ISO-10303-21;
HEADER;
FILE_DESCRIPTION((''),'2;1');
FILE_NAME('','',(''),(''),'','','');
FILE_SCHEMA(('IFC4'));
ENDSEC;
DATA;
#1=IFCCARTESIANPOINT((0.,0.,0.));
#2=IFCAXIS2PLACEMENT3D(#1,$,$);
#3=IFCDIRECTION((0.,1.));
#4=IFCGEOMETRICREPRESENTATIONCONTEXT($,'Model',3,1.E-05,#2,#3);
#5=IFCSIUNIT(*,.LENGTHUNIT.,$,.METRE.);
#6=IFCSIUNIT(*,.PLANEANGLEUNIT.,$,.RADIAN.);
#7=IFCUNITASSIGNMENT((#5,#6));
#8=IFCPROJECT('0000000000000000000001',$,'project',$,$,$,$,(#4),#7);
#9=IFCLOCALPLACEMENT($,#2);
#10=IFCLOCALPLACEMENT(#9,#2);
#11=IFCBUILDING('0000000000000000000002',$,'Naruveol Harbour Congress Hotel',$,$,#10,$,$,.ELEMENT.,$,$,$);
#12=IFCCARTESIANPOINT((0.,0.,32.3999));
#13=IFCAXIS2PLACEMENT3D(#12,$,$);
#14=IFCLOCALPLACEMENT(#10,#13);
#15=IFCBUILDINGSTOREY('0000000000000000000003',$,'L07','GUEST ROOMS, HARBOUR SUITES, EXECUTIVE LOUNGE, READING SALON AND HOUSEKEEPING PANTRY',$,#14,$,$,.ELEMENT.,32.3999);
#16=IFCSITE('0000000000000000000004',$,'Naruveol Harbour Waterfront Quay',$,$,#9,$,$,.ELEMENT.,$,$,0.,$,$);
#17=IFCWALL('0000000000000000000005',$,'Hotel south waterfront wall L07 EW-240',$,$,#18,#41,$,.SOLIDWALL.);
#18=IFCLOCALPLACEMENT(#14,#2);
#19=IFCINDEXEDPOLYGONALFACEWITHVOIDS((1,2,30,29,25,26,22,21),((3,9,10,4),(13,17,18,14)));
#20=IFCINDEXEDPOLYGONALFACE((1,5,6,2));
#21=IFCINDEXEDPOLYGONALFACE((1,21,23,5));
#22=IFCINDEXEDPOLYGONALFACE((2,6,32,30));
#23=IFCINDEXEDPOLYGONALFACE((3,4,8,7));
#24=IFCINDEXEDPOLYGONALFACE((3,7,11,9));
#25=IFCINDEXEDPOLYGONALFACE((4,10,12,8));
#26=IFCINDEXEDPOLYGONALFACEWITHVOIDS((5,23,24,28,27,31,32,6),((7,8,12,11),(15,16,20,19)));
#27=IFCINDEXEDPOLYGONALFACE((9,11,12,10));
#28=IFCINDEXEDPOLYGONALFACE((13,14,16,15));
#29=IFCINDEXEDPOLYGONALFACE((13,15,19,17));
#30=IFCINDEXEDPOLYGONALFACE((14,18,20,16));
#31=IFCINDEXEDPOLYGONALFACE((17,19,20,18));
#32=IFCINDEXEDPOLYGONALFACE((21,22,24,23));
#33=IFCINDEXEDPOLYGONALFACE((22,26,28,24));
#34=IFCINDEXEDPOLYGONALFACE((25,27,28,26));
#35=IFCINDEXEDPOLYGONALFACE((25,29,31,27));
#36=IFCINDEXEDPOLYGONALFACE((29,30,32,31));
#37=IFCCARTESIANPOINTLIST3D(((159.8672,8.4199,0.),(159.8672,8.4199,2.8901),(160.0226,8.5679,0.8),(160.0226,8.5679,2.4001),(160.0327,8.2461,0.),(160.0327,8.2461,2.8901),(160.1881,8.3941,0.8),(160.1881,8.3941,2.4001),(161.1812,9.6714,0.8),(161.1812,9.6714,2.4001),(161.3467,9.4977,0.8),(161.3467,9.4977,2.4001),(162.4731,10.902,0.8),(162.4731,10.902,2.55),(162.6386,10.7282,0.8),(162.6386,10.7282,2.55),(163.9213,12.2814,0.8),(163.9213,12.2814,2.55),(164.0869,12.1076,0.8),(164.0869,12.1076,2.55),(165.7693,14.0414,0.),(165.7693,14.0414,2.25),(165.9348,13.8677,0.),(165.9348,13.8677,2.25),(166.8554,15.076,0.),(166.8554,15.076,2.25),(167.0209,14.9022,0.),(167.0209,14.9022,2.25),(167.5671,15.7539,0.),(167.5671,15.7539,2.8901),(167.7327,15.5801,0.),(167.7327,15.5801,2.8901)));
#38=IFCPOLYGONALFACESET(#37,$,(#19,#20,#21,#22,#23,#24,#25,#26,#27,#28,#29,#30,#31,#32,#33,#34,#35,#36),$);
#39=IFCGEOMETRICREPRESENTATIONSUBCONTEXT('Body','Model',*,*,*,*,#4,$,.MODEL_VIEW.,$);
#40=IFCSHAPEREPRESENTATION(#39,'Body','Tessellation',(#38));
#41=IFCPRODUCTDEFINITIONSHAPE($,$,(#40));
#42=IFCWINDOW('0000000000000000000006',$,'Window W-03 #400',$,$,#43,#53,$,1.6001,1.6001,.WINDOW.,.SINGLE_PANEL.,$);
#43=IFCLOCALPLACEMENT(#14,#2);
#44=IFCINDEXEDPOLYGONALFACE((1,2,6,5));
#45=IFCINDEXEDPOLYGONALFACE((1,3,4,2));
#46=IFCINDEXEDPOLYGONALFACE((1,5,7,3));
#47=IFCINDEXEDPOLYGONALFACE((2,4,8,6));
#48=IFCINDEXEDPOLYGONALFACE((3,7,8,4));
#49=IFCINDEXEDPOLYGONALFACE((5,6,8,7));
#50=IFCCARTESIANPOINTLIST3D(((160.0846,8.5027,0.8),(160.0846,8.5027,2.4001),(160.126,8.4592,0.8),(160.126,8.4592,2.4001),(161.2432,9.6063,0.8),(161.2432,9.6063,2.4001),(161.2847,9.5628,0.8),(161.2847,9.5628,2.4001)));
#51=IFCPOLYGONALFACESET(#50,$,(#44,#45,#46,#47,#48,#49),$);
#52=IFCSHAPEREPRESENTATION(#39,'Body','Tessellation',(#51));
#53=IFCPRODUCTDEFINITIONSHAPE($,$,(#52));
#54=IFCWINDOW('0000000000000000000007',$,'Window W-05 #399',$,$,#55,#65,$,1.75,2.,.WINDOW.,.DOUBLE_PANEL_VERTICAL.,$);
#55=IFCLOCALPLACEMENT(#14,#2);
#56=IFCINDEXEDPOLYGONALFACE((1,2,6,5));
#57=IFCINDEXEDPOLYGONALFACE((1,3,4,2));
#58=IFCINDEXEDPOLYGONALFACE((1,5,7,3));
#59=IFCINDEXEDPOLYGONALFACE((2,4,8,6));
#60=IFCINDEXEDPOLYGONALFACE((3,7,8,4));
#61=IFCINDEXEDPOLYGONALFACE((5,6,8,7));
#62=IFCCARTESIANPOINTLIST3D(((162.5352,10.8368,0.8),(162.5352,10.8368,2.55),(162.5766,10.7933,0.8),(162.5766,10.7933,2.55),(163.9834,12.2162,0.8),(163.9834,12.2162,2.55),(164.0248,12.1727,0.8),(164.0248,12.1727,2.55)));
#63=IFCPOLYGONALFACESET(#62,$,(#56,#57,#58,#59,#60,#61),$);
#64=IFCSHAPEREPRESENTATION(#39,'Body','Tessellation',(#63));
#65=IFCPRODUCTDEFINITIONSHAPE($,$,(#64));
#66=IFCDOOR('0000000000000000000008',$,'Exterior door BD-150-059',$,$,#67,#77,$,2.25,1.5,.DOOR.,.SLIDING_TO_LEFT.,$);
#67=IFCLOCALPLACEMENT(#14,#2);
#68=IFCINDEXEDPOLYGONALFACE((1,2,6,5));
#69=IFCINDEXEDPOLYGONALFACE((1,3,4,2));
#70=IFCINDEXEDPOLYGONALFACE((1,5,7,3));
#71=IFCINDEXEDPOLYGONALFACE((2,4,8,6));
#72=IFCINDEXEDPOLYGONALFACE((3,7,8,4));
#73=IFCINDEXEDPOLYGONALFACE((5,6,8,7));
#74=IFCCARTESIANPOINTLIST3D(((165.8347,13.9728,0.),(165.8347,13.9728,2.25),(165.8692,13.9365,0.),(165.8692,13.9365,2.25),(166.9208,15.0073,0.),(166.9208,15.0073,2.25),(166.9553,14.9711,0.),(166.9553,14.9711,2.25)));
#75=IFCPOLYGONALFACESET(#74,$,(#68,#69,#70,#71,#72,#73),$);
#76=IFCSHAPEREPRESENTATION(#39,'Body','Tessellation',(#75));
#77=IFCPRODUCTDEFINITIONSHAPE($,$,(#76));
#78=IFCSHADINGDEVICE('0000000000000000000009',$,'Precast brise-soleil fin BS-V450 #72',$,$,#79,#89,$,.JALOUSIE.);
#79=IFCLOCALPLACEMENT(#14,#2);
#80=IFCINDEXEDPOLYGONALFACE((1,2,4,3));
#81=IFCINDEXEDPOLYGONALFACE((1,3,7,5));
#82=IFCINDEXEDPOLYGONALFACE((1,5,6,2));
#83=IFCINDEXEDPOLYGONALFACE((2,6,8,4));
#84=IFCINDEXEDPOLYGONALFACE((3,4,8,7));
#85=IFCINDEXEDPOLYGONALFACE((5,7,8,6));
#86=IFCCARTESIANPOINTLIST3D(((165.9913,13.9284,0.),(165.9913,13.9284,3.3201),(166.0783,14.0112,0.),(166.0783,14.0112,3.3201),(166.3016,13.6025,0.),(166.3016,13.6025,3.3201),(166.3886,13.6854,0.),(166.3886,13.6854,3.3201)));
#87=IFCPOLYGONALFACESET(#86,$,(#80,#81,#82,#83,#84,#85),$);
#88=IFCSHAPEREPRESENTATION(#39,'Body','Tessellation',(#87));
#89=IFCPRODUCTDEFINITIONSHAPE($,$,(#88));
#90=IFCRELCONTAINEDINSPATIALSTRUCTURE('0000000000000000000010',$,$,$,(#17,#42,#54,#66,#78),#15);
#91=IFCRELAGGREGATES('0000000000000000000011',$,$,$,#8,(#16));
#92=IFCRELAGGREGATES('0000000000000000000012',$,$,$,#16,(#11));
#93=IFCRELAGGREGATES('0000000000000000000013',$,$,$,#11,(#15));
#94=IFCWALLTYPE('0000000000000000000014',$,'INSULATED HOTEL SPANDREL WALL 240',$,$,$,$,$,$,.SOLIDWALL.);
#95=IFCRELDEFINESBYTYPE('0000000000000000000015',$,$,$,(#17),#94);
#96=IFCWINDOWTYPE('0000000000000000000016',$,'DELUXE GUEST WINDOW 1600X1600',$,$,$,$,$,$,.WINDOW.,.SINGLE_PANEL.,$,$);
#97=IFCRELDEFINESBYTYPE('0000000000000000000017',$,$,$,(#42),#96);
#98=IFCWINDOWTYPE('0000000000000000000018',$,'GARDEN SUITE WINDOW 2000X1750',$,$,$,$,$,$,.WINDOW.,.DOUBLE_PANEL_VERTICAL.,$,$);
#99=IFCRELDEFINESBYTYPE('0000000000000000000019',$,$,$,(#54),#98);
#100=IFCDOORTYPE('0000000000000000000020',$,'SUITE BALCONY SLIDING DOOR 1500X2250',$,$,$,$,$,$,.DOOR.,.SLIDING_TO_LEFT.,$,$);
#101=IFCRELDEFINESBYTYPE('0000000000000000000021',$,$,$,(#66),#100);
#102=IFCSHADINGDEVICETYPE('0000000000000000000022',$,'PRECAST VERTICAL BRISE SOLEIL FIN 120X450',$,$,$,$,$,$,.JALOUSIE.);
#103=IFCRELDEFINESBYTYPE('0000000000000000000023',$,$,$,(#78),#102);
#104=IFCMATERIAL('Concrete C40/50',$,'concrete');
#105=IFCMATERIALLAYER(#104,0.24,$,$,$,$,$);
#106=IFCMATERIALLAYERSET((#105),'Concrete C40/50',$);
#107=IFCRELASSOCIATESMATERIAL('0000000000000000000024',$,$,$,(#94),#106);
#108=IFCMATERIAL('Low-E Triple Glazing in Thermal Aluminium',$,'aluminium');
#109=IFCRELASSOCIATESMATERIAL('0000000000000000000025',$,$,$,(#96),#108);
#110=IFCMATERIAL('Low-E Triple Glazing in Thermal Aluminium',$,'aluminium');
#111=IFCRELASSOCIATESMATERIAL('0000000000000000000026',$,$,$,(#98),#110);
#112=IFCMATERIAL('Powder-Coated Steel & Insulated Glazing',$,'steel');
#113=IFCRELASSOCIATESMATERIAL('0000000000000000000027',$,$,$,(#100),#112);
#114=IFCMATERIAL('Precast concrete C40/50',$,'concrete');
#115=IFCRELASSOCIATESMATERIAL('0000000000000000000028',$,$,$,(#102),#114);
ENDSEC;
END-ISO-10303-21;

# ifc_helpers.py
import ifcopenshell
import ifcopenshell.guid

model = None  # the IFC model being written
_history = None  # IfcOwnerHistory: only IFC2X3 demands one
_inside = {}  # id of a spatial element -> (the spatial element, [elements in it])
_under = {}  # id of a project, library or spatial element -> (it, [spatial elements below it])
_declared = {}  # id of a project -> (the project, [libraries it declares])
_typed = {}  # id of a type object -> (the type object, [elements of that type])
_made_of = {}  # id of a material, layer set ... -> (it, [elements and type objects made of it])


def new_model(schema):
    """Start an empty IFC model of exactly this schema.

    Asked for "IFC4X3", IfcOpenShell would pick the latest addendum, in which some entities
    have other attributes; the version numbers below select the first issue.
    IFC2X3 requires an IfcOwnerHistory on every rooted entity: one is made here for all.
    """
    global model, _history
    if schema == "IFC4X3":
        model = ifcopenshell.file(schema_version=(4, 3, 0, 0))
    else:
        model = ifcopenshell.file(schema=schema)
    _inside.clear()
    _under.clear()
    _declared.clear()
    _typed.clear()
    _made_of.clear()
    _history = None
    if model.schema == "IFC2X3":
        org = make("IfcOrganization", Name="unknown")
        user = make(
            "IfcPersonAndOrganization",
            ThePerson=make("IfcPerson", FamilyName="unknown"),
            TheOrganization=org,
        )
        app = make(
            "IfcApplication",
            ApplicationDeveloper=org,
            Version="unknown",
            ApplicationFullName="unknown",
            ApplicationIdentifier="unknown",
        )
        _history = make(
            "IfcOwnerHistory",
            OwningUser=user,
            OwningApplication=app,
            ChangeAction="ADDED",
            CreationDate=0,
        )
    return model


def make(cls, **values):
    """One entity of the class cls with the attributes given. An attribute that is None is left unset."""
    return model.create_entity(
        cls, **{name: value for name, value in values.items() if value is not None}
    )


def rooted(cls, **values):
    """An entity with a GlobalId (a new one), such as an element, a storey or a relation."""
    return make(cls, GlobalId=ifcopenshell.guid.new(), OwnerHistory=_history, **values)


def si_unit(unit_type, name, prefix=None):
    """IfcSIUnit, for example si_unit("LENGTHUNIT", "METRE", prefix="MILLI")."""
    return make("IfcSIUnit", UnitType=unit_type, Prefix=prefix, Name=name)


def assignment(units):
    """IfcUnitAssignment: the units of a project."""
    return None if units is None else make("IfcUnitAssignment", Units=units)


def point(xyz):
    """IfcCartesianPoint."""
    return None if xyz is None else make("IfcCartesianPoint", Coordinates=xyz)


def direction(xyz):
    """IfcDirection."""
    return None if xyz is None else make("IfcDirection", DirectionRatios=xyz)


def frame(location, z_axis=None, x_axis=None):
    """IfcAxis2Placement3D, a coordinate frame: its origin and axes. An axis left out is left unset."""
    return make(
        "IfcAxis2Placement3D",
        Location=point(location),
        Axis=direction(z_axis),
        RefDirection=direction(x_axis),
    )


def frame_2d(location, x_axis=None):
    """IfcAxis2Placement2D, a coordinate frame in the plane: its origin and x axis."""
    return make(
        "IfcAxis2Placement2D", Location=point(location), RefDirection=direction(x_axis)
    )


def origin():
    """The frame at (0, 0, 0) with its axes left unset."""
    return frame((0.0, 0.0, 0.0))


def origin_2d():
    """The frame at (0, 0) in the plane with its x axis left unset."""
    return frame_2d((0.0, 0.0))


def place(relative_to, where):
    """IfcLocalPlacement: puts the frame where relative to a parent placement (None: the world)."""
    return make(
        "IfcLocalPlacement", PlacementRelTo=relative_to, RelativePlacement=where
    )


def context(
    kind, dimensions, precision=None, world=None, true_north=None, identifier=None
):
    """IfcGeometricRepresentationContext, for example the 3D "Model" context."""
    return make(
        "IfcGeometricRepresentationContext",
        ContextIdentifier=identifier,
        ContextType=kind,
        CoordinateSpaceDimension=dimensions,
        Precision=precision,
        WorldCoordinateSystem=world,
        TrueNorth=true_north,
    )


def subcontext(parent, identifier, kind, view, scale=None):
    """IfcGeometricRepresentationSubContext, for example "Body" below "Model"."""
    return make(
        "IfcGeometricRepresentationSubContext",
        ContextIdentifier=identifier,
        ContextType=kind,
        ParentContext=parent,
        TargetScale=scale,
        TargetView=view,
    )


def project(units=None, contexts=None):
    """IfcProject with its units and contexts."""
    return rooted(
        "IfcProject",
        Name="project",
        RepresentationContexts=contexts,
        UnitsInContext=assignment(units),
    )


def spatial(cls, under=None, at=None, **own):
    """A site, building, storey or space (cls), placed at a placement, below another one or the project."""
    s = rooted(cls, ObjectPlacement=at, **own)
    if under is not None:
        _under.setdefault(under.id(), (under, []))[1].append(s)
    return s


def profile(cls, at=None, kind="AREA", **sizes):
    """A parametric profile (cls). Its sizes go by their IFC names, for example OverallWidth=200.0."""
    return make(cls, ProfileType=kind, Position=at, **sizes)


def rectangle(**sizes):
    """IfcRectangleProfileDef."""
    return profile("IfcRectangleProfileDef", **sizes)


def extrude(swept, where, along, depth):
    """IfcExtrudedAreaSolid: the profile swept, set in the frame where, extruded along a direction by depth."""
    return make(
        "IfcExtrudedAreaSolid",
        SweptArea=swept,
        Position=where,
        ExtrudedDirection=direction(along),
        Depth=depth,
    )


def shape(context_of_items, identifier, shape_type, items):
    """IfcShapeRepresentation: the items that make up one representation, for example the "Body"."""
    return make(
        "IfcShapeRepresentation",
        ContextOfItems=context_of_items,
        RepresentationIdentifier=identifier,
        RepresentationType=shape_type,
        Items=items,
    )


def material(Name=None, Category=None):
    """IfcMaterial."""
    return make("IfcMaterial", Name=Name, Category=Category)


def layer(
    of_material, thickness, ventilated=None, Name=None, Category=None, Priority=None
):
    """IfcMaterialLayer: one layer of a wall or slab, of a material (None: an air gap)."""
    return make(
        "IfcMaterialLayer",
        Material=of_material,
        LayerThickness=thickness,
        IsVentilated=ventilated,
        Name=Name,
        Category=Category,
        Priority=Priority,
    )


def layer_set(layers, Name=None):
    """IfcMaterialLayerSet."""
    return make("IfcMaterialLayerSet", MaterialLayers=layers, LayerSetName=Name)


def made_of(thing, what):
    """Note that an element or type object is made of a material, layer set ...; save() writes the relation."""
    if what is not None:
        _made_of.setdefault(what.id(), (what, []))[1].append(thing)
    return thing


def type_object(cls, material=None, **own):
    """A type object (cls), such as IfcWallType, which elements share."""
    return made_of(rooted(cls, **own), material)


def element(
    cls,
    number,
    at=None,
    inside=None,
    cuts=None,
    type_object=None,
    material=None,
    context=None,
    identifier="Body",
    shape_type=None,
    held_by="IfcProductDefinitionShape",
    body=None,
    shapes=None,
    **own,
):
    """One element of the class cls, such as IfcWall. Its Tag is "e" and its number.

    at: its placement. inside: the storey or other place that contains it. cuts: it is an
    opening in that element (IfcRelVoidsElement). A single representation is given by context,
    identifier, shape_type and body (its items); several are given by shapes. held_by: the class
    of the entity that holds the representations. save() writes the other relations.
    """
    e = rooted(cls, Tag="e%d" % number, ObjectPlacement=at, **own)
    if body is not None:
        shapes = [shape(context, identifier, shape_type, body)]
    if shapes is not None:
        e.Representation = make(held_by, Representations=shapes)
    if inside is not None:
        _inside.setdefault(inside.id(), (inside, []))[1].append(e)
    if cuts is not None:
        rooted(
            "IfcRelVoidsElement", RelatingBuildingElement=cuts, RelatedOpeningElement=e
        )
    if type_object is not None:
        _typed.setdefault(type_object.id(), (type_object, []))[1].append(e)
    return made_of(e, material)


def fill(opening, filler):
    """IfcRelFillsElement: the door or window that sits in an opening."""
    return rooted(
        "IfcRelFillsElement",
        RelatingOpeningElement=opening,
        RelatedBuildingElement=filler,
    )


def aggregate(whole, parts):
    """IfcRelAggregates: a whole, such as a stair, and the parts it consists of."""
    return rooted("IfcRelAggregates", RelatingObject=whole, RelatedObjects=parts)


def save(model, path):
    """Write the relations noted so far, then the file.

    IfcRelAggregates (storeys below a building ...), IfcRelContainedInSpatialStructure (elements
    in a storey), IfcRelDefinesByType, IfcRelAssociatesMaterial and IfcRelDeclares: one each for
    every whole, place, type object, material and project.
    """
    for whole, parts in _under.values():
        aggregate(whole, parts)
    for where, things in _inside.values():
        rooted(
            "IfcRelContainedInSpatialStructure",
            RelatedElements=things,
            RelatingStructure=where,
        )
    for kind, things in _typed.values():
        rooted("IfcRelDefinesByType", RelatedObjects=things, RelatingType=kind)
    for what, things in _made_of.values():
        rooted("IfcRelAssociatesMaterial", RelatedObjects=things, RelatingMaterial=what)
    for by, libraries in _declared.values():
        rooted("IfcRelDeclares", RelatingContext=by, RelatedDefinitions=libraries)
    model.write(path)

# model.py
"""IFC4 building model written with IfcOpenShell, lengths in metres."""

from ifc_helpers import new_model, si_unit, direction, frame, frame_2d, origin, origin_2d, place, context, subcontext, project, spatial, rectangle, extrude, material, layer, layer_set, type_object, element, fill, save


model = new_model("IFC4")

# Units and contexts
model_context = context("Model", 3, precision=1e-05, world=origin(), true_north=direction((0.0, 1.0)))
body_context = subcontext(model_context, "Body", "Model", "MODEL_VIEW")
ifc_project = project(units=[si_unit("LENGTHUNIT", "METRE"), si_unit("PLANEANGLEUNIT", "RADIAN")], contexts=[model_context])

# Site, building, storey
site_placement = place(None, origin())
site = spatial("IfcSite", under=ifc_project, at=site_placement, Name="Naruveol Harbour Waterfront Quay", CompositionType="ELEMENT", RefElevation=0.0)
building_placement = place(site_placement, origin())
building = spatial("IfcBuilding", under=site, at=building_placement, Name="Naruveol Harbour Congress Hotel", CompositionType="ELEMENT")
storey_placement = place(building_placement, frame((0.0, 0.0, 32.3999)))
storey = spatial("IfcBuildingStorey", under=building, at=storey_placement, Name="L07", Description="GUEST ROOMS, HARBOUR SUITES, EXECUTIVE LOUNGE, READING SALON AND HOUSEKEEPING PANTRY", CompositionType="ELEMENT", Elevation=32.3999)

# Wall, openings, windows, door
ifc_material_1 = material(Name="Concrete C40/50", Category="concrete")
ifc_layer_1 = layer(ifc_material_1, 0.24)
ifc_layer_set_1 = layer_set([ifc_layer_1], Name="Concrete C40/50")
wall_type_1 = type_object("IfcWallType", Name="INSULATED HOTEL SPANDREL WALL 240", PredefinedType="SOLIDWALL", material=ifc_layer_set_1)
wall_1_placement = place(storey_placement, frame((167.6499, 15.667, 0.0), z_axis=(0.0, 0.0, 1.0), x_axis=(-0.724105, -0.68969, 0.0)))
wall_1 = element("IfcWall", 1, at=wall_1_placement, inside=storey, type_object=wall_type_1, Name="Hotel south waterfront wall L07 EW-240", PredefinedType="SOLIDWALL", context=body_context, shape_type="SweptSolid", body=[
    extrude(rectangle(XDim=10.6338, YDim=0.24, at=frame_2d((5.3169, 0.0))), origin(), (0.0, 0.0, 1.0), 2.8901),
])
opening_1_placement = place(wall_1_placement, frame((0.9829, 0.0, 0.0)))
opening_1 = element("IfcOpeningElement", 2, at=opening_1_placement, cuts=wall_1, PredefinedType="OPENING", context=body_context, shape_type="SweptSolid", body=[
    extrude(rectangle(XDim=1.5, YDim=2.25, at=frame_2d((0.75, 1.125))), frame((0.0, 0.1299, 0.0), z_axis=(0.0, -1.0, 0.0), x_axis=(1.0, 0.0, 0.0)), (0.0, 0.0, 1.0), 0.26),
])
opening_2_placement = place(wall_1_placement, frame((5.0349, 0.0, 0.8)))
opening_2 = element("IfcOpeningElement", 3, at=opening_2_placement, cuts=wall_1, PredefinedType="OPENING", context=body_context, shape_type="SweptSolid", body=[
    extrude(rectangle(XDim=2.0, YDim=1.75, at=frame_2d((1.0, 0.875))), frame((0.0, 0.1299, 0.0), z_axis=(0.0, -1.0, 0.0), x_axis=(1.0, 0.0, 0.0)), (0.0, 0.0, 1.0), 0.26),
])
opening_3_placement = place(wall_1_placement, frame((8.8191, 0.0, 0.8)))
opening_3 = element("IfcOpeningElement", 4, at=opening_3_placement, cuts=wall_1, PredefinedType="OPENING", context=body_context, shape_type="SweptSolid", body=[
    extrude(rectangle(XDim=1.6001, YDim=1.6001, at=frame_2d((0.8, 0.8))), frame((0.0, 0.1299, 0.0), z_axis=(0.0, -1.0, 0.0), x_axis=(1.0, 0.0, 0.0)), (0.0, 0.0, 1.0), 0.26),
])
ifc_material_2 = material(Name="Low-E Triple Glazing in Thermal Aluminium", Category="aluminium")
window_type_1 = type_object("IfcWindowType", Name="DELUXE GUEST WINDOW 1600X1600", PartitioningType="SINGLE_PANEL", PredefinedType="WINDOW", material=ifc_material_2)
window_1_placement = place(opening_3_placement, origin())
window_1 = element("IfcWindow", 5, at=window_1_placement, inside=storey, type_object=window_type_1, Name="Window W-03 #400", OverallHeight=1.6001, OverallWidth=1.6001, PartitioningType="SINGLE_PANEL", PredefinedType="WINDOW", context=body_context, shape_type="SweptSolid", body=[
    extrude(rectangle(XDim=1.6001, YDim=1.6001, at=frame_2d((0.8, 0.8))), frame((0.0, 0.03, 0.0), z_axis=(0.0, -1.0, 0.0), x_axis=(1.0, 0.0, 0.0)), (0.0, 0.0, 1.0), 0.0601),
])
fill(opening_3, window_1)
ifc_material_3 = material(Name="Low-E Triple Glazing in Thermal Aluminium", Category="aluminium")
window_type_2 = type_object("IfcWindowType", Name="GARDEN SUITE WINDOW 2000X1750", PartitioningType="DOUBLE_PANEL_VERTICAL", PredefinedType="WINDOW", material=ifc_material_3)
window_2_placement = place(opening_2_placement, origin())
window_2 = element("IfcWindow", 6, at=window_2_placement, inside=storey, type_object=window_type_2, Name="Window W-05 #399", OverallHeight=1.75, OverallWidth=2.0, PartitioningType="DOUBLE_PANEL_VERTICAL", PredefinedType="WINDOW", context=body_context, shape_type="SweptSolid", body=[
    extrude(rectangle(XDim=2.0, YDim=1.75, at=frame_2d((1.0, 0.875))), frame((0.0, 0.03, 0.0), z_axis=(0.0, -1.0, 0.0), x_axis=(1.0, 0.0, 0.0)), (0.0, 0.0, 1.0), 0.0601),
])
fill(opening_2, window_2)
ifc_material_4 = material(Name="Powder-Coated Steel & Insulated Glazing", Category="steel")
door_type_1 = type_object("IfcDoorType", Name="SUITE BALCONY SLIDING DOOR 1500X2250", OperationType="SLIDING_TO_LEFT", PredefinedType="DOOR", material=ifc_material_4)
door_1_placement = place(opening_1_placement, origin())
door_1 = element("IfcDoor", 7, at=door_1_placement, inside=storey, type_object=door_type_1, Name="Exterior door BD-150-059", OperationType="SLIDING_TO_LEFT", OverallHeight=2.25, OverallWidth=1.5, PredefinedType="DOOR", context=body_context, shape_type="SweptSolid", body=[
    extrude(rectangle(XDim=1.5, YDim=2.25, at=frame_2d((0.75, 1.125))), frame((0.0, 0.0249, 0.0), z_axis=(0.0, -1.0, 0.0), x_axis=(1.0, 0.0, 0.0)), (0.0, 0.0, 1.0), 0.05),
])
fill(opening_1, door_1)

# Shading device
ifc_material_5 = material(Name="Precast concrete C40/50", Category="concrete")
shading_device_type = type_object("IfcShadingDeviceType", Name="PRECAST VERTICAL BRISE SOLEIL FIN 120X450", PredefinedType="JALOUSIE", material=ifc_material_5)
shading_device_placement = place(storey_placement, frame((166.1899, 13.8069, 0.0), z_axis=(0.0, 0.0, 1.0), x_axis=(-0.724172, -0.68962, 0.0)))
element("IfcShadingDevice", 8, at=shading_device_placement, inside=storey, type_object=shading_device_type, Name="Precast brise-soleil fin BS-V450 #72", PredefinedType="JALOUSIE", context=body_context, shape_type="SweptSolid", body=[
    extrude(rectangle(XDim=0.1201, YDim=0.45, at=origin_2d()), origin(), (0.0, 0.0, 1.0), 3.3201),
])

save(model, "model.ifc")
